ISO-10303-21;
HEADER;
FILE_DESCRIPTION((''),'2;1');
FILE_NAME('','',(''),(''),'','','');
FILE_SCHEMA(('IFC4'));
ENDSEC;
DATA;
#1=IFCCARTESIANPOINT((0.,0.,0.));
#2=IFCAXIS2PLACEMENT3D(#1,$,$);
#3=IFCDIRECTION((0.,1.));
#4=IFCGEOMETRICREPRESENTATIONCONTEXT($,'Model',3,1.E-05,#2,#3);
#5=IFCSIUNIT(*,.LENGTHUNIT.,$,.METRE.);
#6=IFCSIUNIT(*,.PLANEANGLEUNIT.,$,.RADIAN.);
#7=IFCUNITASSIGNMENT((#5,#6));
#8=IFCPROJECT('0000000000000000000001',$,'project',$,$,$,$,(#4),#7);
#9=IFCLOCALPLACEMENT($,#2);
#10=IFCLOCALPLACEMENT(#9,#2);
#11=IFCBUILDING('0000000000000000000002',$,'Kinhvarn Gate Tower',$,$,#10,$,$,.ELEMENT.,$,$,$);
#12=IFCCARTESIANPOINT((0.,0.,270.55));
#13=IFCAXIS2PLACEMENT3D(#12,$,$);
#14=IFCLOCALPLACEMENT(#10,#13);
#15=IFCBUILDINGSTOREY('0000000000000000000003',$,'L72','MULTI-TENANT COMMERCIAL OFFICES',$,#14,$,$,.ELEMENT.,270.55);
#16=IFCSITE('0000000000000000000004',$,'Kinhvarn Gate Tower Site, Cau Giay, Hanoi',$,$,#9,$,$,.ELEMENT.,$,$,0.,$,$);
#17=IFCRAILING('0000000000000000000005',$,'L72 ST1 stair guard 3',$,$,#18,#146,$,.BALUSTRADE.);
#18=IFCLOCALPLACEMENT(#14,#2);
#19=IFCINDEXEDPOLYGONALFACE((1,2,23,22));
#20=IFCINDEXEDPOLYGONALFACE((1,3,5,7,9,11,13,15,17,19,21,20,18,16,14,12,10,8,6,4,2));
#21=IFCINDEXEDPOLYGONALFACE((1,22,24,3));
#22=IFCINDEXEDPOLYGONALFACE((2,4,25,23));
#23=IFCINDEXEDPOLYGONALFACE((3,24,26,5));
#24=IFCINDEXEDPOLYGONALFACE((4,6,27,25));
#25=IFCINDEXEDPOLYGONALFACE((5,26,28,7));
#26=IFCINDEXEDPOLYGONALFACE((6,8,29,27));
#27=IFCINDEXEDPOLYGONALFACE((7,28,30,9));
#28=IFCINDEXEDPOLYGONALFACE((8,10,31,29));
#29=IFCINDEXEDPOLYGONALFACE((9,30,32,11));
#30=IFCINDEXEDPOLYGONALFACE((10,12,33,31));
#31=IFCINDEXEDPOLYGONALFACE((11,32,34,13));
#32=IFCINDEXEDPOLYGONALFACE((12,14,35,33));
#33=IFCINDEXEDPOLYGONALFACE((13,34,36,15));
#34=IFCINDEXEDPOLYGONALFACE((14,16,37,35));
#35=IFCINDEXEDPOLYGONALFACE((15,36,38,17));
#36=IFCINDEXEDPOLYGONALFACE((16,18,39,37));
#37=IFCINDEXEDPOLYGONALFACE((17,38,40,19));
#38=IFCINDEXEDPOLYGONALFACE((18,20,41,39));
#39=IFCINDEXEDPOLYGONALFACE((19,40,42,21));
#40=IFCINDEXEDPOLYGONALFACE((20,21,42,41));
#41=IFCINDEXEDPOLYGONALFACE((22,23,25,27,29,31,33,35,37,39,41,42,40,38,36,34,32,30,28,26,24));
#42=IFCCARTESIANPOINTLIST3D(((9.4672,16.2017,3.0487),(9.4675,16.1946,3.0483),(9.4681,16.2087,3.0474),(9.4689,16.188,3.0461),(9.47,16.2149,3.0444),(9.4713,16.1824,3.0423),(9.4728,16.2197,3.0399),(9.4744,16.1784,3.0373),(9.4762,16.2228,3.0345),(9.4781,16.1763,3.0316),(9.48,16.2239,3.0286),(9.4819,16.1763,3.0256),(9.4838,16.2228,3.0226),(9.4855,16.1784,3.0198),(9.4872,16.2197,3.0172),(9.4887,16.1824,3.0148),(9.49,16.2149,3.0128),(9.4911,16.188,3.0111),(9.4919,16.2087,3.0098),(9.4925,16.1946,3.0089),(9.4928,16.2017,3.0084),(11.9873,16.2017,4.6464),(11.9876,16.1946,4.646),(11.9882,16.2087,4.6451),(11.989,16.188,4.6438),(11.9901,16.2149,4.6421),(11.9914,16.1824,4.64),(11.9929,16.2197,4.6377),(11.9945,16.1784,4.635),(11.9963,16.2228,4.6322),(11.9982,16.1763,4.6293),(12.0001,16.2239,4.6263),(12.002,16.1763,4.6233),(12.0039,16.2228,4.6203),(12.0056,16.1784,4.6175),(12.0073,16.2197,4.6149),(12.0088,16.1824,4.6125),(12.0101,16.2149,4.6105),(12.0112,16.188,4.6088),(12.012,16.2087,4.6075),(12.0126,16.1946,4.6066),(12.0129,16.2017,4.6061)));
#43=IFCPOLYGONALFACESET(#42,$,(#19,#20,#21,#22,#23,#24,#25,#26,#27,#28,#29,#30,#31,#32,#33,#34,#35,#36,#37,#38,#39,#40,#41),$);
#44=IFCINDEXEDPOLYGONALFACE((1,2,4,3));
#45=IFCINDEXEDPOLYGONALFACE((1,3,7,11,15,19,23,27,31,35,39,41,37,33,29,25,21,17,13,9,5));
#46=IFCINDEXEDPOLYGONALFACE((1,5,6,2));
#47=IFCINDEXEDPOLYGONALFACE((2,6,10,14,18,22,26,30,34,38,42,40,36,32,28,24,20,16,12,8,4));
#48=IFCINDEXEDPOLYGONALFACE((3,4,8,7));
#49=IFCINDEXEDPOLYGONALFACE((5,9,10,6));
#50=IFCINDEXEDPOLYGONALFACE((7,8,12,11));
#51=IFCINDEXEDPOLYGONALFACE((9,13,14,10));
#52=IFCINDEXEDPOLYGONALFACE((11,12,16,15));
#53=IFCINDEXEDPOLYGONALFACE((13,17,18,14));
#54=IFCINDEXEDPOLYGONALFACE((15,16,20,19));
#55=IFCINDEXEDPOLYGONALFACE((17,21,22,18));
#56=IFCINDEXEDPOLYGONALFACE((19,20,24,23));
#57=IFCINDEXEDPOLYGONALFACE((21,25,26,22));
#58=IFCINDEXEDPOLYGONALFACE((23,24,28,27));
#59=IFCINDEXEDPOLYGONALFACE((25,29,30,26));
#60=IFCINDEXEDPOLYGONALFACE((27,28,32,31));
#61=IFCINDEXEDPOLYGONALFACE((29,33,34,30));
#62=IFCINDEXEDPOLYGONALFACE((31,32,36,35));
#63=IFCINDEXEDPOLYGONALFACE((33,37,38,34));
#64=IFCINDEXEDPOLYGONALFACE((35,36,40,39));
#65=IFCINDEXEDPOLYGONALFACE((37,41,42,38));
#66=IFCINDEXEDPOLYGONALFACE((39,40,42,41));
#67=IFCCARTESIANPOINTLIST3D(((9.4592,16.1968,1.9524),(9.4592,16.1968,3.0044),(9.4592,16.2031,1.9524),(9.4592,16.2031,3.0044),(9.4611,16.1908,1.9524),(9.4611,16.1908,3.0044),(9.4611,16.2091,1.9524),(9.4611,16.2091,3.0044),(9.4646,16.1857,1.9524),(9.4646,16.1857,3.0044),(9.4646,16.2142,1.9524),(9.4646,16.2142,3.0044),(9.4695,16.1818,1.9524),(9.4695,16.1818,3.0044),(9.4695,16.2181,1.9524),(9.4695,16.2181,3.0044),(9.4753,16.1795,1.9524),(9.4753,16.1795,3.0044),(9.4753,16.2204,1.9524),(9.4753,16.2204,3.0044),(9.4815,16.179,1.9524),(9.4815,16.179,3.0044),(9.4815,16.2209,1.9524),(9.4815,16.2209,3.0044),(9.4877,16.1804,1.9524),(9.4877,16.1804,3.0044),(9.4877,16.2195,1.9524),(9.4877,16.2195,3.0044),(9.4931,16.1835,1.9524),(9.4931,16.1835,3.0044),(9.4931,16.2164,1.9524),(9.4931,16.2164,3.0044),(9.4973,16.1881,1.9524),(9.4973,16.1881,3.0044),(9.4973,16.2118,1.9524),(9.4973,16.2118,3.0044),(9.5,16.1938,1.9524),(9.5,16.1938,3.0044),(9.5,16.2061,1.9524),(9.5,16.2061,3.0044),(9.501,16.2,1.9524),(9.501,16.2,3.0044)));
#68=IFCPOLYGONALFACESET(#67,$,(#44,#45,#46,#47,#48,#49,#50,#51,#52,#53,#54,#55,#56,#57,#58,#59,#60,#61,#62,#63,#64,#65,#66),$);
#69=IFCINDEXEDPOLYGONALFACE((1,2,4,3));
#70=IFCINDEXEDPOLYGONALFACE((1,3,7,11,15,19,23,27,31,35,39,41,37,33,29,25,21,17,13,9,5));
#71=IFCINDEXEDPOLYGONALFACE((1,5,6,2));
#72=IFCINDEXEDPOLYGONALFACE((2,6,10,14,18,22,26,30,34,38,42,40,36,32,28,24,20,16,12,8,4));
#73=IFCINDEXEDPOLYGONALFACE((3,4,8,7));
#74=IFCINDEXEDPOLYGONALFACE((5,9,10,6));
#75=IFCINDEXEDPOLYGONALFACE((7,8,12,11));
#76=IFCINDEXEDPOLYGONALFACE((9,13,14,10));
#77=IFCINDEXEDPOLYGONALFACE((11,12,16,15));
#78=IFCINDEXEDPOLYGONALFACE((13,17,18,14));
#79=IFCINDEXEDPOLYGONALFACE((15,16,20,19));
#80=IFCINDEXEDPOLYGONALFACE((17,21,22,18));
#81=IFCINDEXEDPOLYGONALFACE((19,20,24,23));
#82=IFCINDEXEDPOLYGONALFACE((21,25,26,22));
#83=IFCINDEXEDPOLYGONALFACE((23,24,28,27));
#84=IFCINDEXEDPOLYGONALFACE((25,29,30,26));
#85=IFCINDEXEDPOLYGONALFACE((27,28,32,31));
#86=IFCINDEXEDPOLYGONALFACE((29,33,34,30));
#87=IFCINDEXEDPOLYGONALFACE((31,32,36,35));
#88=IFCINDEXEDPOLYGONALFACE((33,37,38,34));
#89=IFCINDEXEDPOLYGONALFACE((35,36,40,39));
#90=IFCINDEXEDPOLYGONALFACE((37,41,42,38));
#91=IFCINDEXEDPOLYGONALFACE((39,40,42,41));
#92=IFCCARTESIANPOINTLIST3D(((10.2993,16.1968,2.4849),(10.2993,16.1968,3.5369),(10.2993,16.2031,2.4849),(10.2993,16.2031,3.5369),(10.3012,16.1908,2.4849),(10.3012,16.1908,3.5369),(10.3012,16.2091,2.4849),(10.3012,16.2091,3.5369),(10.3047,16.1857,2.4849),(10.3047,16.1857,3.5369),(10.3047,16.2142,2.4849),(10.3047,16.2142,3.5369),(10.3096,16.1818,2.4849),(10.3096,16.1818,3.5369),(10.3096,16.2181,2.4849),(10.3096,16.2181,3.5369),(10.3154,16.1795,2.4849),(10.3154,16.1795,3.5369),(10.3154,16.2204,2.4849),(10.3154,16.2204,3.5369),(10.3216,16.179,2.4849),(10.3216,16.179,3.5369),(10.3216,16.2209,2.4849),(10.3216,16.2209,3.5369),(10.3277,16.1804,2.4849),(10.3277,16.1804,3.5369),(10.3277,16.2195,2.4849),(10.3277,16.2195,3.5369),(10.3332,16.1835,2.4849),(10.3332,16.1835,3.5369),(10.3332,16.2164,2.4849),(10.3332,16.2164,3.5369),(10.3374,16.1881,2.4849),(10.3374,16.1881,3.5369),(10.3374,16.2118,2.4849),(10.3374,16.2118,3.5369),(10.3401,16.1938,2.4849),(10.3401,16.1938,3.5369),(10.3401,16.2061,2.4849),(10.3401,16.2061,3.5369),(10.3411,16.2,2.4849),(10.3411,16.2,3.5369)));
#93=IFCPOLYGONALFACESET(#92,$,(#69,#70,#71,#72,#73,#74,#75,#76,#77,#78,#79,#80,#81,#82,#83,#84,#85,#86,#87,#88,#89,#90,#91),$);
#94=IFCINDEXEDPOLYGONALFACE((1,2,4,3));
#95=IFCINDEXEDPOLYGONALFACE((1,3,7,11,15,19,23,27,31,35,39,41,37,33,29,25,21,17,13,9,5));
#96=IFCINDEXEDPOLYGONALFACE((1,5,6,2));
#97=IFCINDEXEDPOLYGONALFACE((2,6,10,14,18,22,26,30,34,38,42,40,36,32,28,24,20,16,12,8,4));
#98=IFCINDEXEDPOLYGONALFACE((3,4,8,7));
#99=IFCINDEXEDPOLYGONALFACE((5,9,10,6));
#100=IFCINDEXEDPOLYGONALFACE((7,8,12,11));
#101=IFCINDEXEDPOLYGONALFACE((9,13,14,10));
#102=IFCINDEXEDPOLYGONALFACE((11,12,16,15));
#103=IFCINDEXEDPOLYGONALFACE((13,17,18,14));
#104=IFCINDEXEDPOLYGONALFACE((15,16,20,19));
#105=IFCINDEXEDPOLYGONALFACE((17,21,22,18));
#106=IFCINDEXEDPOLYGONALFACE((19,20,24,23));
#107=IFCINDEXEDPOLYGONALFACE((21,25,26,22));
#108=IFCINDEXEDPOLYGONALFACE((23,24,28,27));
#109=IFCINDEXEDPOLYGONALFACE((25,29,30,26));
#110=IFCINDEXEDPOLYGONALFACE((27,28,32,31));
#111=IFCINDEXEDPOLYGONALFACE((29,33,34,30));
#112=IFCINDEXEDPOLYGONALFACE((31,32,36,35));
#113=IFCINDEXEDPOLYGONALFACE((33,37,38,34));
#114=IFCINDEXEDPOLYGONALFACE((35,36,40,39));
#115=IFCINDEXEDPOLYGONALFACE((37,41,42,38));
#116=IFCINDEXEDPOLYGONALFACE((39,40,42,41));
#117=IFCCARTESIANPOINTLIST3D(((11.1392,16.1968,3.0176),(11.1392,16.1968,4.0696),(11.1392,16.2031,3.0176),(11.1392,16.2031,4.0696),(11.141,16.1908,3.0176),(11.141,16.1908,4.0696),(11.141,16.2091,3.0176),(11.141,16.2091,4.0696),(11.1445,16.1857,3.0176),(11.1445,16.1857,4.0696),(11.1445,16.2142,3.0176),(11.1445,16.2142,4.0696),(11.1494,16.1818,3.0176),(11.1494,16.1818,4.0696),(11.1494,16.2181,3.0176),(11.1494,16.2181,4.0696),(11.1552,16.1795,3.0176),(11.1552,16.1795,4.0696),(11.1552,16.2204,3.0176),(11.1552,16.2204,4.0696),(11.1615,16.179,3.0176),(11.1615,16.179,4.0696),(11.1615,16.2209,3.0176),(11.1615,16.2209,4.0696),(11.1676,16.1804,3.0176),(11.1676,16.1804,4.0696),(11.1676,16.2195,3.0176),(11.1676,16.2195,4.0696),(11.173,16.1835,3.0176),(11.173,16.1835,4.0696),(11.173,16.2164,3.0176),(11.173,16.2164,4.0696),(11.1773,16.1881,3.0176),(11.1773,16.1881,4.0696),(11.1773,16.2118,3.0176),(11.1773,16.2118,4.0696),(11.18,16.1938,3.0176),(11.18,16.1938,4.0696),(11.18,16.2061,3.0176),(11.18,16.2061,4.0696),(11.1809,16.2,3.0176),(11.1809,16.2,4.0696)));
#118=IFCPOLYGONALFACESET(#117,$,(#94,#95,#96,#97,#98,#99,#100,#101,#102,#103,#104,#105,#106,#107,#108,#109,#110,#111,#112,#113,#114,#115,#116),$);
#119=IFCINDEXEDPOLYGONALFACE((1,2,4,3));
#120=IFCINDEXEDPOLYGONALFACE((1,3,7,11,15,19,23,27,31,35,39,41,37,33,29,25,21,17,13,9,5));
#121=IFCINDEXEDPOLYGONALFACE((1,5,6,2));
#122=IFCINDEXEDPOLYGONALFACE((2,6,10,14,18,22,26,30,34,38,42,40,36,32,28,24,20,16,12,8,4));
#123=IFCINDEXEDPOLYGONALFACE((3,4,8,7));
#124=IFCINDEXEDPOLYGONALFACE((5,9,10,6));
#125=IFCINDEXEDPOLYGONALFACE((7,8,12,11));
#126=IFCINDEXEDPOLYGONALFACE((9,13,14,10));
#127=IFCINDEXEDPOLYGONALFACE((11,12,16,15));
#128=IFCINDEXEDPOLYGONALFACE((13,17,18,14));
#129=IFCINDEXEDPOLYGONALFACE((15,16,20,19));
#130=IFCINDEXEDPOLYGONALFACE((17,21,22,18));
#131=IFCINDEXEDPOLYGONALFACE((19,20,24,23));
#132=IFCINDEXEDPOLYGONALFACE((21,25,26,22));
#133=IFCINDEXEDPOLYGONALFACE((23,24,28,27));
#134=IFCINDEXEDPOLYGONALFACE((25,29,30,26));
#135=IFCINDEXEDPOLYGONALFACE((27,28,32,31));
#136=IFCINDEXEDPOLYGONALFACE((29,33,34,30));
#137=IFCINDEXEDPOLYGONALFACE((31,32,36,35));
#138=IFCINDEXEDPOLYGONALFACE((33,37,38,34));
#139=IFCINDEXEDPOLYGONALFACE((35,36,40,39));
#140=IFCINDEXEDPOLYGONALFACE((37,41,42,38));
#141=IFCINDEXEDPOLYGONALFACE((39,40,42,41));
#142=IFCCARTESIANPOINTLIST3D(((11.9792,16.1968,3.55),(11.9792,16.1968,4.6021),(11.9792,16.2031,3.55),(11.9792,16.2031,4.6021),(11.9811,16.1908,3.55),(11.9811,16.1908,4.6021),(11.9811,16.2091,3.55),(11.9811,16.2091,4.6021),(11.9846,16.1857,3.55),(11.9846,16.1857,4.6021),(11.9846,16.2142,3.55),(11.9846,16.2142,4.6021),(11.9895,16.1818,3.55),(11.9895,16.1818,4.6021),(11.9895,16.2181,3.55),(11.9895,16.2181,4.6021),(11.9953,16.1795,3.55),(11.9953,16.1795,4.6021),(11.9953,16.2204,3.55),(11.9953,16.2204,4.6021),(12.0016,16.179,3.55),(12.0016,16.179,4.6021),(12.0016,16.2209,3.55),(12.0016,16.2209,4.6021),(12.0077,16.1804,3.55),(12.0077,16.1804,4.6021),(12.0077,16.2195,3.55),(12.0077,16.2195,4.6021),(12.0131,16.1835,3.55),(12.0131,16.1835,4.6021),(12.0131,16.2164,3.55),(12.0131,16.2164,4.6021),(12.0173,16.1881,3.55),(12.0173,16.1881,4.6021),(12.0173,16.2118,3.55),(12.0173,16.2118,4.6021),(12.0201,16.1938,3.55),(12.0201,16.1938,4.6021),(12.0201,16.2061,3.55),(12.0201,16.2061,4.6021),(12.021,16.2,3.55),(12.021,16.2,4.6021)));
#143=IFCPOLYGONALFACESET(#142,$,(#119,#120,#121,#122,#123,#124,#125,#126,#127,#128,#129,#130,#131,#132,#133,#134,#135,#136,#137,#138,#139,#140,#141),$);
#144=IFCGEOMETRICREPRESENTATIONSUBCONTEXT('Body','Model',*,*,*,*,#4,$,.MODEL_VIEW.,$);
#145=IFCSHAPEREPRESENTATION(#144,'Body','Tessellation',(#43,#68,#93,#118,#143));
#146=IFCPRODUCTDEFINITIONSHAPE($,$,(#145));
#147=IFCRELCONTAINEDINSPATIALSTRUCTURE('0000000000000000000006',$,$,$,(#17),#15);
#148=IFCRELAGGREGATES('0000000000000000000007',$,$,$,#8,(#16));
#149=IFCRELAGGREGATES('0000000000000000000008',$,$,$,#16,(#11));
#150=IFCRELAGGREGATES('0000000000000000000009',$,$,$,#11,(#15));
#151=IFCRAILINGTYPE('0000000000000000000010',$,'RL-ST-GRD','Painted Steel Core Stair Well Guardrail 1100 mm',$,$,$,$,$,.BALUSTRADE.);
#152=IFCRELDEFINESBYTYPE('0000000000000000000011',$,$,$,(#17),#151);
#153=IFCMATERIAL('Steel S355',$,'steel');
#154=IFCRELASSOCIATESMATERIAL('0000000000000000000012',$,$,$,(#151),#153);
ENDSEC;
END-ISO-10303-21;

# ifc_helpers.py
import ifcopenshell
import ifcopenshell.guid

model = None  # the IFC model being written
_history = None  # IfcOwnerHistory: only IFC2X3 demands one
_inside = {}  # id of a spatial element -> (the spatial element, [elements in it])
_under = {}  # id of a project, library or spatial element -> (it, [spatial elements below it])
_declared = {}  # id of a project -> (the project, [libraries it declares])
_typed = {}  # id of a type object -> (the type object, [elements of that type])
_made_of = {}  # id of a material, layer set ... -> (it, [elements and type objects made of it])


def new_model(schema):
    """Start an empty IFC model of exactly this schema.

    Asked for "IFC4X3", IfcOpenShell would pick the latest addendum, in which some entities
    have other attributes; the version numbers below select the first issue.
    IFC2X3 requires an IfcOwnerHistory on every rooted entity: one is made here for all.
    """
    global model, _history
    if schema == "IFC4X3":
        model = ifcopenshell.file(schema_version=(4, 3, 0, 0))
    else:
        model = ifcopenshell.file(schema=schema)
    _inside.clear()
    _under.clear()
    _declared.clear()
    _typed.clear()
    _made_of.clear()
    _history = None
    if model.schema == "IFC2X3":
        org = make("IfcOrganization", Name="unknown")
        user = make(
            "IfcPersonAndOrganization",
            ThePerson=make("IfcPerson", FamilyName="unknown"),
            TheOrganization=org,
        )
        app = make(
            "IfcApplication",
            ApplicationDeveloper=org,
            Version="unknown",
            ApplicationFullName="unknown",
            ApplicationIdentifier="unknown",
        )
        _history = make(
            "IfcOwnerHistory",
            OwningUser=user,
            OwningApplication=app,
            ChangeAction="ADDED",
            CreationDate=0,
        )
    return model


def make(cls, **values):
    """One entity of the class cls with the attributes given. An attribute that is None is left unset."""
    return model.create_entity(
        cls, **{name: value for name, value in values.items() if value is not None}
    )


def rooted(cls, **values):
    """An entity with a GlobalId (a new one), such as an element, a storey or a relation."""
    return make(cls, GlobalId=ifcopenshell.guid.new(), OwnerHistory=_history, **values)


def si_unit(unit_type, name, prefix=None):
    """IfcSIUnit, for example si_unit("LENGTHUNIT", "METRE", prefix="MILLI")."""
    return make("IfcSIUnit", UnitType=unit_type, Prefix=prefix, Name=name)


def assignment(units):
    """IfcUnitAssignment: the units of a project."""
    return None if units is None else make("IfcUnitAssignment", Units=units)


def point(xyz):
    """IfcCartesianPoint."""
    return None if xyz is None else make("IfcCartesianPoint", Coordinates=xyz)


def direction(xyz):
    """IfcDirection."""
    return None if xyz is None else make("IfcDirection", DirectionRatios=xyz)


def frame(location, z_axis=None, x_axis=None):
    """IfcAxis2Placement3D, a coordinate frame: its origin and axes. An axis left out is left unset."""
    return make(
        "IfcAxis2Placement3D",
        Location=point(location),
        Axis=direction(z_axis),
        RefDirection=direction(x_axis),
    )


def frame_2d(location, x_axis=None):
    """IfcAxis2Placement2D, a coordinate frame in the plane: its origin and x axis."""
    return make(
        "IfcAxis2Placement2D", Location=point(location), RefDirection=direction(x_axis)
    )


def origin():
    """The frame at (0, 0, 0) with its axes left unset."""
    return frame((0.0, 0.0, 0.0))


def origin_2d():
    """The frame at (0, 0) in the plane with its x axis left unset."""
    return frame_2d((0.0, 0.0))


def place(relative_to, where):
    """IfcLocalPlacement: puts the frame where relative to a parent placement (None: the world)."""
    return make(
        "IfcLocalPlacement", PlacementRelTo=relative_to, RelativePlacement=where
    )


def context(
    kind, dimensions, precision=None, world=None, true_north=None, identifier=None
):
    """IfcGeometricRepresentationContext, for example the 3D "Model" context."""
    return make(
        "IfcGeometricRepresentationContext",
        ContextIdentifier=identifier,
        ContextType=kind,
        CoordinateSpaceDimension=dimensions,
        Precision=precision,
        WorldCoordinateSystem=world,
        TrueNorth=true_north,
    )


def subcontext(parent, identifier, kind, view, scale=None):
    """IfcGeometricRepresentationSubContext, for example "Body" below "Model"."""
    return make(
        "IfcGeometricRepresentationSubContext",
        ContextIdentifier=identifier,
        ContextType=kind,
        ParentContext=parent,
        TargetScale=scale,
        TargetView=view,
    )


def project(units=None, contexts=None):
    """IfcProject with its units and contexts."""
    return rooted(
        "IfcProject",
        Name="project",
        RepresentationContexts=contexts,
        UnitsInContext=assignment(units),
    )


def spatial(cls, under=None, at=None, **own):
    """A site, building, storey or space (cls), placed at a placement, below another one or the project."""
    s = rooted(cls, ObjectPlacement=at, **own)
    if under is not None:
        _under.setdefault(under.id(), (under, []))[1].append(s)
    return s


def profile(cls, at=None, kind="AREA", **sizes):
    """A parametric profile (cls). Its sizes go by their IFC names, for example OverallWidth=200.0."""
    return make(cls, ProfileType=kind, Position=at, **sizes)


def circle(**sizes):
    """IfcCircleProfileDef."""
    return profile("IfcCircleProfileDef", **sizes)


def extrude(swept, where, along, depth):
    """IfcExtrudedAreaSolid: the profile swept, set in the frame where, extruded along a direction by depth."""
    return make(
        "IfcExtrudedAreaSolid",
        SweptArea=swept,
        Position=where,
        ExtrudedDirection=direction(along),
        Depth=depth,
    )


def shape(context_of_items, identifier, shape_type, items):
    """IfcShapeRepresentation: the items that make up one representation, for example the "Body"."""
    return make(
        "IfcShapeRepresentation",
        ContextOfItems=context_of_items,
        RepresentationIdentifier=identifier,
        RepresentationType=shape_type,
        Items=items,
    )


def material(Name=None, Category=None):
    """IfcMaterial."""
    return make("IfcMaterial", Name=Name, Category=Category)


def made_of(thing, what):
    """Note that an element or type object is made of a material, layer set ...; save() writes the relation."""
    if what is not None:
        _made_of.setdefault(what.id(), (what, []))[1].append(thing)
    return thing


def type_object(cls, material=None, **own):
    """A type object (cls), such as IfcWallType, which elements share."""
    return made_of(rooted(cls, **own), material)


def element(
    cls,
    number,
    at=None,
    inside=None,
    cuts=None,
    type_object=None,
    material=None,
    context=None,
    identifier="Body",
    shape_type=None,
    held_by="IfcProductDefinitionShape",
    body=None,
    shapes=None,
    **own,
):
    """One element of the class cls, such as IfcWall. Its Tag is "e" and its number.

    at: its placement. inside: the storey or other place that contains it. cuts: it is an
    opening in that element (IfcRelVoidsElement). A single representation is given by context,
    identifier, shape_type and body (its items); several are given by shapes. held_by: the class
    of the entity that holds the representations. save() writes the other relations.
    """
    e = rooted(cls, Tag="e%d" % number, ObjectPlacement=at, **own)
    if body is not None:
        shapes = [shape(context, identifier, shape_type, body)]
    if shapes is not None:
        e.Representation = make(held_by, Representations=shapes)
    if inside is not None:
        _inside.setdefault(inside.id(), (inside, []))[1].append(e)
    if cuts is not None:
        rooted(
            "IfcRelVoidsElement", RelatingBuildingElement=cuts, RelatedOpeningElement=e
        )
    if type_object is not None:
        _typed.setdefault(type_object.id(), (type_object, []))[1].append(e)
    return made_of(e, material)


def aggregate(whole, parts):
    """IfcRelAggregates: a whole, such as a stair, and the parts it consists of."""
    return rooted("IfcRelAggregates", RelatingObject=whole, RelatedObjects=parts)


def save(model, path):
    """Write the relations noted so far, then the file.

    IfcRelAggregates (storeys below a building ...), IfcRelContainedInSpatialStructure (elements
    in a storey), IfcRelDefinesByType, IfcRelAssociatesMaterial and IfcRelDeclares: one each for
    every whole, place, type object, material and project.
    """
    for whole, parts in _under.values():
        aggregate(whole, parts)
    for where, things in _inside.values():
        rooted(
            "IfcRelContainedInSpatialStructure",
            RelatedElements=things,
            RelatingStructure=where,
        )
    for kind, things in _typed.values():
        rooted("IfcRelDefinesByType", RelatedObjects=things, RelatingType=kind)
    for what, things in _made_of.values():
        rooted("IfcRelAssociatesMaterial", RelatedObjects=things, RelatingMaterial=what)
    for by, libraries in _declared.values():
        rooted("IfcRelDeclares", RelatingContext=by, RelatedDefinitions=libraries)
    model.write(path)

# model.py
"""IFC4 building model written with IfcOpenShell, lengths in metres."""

from ifc_helpers import new_model, si_unit, direction, frame, origin, origin_2d, place, context, subcontext, project, spatial, circle, extrude, material, type_object, element, save


model = new_model("IFC4")

# Units and contexts
model_context = context("Model", 3, precision=1e-05, world=origin(), true_north=direction((0.0, 1.0)))
body_context = subcontext(model_context, "Body", "Model", "MODEL_VIEW")
ifc_project = project(units=[si_unit("LENGTHUNIT", "METRE"), si_unit("PLANEANGLEUNIT", "RADIAN")], contexts=[model_context])

# Site, building, storey
site_placement = place(None, origin())
site = spatial("IfcSite", under=ifc_project, at=site_placement, Name="Kinhvarn Gate Tower Site, Cau Giay, Hanoi", CompositionType="ELEMENT", RefElevation=0.0)
building_placement = place(site_placement, origin())
building = spatial("IfcBuilding", under=site, at=building_placement, Name="Kinhvarn Gate Tower", CompositionType="ELEMENT")
storey_placement = place(building_placement, frame((0.0, 0.0, 270.55)))
storey = spatial("IfcBuildingStorey", under=building, at=storey_placement, Name="L72", Description="MULTI-TENANT COMMERCIAL OFFICES", CompositionType="ELEMENT", Elevation=270.55)

# Shared definitions
ifc_material_1 = material(Name="Steel S355", Category="steel")

# Railing
railing_type_1 = type_object("IfcRailingType", Name="RL-ST-GRD", Description="Painted Steel Core Stair Well Guardrail 1100 mm", PredefinedType="BALUSTRADE", material=ifc_material_1)
railing_1_placement = place(storey_placement, frame((9.48, 16.2, 1.9524)))
element("IfcRailing", 1, at=railing_1_placement, inside=storey, type_object=railing_type_1, Name="L72 ST1 stair guard 3", PredefinedType="BALUSTRADE", context=body_context, shape_type="SweptSolid", body=[
    extrude(circle(Radius=0.0239, at=origin_2d()), frame((0.0, 0.0, 1.0762), z_axis=(0.84457, 0.0, 0.535445), x_axis=(0.0, 1.0, 0.0)), (0.0, 0.0, 1.0), 2.9839),
    extrude(circle(Radius=0.021, at=origin_2d()), origin(), (0.0, 0.0, 1.0), 1.052),
    extrude(circle(Radius=0.021, at=origin_2d()), frame((0.8401, 0.0, 0.5325)), (0.0, 0.0, 1.0), 1.052),
    extrude(circle(Radius=0.021, at=origin_2d()), frame((1.6799, 0.0, 1.0652)), (0.0, 0.0, 1.0), 1.052),
    extrude(circle(Radius=0.021, at=origin_2d()), frame((2.52, 0.0, 1.5977)), (0.0, 0.0, 1.0), 1.052),
])

save(model, "model.ifc")
